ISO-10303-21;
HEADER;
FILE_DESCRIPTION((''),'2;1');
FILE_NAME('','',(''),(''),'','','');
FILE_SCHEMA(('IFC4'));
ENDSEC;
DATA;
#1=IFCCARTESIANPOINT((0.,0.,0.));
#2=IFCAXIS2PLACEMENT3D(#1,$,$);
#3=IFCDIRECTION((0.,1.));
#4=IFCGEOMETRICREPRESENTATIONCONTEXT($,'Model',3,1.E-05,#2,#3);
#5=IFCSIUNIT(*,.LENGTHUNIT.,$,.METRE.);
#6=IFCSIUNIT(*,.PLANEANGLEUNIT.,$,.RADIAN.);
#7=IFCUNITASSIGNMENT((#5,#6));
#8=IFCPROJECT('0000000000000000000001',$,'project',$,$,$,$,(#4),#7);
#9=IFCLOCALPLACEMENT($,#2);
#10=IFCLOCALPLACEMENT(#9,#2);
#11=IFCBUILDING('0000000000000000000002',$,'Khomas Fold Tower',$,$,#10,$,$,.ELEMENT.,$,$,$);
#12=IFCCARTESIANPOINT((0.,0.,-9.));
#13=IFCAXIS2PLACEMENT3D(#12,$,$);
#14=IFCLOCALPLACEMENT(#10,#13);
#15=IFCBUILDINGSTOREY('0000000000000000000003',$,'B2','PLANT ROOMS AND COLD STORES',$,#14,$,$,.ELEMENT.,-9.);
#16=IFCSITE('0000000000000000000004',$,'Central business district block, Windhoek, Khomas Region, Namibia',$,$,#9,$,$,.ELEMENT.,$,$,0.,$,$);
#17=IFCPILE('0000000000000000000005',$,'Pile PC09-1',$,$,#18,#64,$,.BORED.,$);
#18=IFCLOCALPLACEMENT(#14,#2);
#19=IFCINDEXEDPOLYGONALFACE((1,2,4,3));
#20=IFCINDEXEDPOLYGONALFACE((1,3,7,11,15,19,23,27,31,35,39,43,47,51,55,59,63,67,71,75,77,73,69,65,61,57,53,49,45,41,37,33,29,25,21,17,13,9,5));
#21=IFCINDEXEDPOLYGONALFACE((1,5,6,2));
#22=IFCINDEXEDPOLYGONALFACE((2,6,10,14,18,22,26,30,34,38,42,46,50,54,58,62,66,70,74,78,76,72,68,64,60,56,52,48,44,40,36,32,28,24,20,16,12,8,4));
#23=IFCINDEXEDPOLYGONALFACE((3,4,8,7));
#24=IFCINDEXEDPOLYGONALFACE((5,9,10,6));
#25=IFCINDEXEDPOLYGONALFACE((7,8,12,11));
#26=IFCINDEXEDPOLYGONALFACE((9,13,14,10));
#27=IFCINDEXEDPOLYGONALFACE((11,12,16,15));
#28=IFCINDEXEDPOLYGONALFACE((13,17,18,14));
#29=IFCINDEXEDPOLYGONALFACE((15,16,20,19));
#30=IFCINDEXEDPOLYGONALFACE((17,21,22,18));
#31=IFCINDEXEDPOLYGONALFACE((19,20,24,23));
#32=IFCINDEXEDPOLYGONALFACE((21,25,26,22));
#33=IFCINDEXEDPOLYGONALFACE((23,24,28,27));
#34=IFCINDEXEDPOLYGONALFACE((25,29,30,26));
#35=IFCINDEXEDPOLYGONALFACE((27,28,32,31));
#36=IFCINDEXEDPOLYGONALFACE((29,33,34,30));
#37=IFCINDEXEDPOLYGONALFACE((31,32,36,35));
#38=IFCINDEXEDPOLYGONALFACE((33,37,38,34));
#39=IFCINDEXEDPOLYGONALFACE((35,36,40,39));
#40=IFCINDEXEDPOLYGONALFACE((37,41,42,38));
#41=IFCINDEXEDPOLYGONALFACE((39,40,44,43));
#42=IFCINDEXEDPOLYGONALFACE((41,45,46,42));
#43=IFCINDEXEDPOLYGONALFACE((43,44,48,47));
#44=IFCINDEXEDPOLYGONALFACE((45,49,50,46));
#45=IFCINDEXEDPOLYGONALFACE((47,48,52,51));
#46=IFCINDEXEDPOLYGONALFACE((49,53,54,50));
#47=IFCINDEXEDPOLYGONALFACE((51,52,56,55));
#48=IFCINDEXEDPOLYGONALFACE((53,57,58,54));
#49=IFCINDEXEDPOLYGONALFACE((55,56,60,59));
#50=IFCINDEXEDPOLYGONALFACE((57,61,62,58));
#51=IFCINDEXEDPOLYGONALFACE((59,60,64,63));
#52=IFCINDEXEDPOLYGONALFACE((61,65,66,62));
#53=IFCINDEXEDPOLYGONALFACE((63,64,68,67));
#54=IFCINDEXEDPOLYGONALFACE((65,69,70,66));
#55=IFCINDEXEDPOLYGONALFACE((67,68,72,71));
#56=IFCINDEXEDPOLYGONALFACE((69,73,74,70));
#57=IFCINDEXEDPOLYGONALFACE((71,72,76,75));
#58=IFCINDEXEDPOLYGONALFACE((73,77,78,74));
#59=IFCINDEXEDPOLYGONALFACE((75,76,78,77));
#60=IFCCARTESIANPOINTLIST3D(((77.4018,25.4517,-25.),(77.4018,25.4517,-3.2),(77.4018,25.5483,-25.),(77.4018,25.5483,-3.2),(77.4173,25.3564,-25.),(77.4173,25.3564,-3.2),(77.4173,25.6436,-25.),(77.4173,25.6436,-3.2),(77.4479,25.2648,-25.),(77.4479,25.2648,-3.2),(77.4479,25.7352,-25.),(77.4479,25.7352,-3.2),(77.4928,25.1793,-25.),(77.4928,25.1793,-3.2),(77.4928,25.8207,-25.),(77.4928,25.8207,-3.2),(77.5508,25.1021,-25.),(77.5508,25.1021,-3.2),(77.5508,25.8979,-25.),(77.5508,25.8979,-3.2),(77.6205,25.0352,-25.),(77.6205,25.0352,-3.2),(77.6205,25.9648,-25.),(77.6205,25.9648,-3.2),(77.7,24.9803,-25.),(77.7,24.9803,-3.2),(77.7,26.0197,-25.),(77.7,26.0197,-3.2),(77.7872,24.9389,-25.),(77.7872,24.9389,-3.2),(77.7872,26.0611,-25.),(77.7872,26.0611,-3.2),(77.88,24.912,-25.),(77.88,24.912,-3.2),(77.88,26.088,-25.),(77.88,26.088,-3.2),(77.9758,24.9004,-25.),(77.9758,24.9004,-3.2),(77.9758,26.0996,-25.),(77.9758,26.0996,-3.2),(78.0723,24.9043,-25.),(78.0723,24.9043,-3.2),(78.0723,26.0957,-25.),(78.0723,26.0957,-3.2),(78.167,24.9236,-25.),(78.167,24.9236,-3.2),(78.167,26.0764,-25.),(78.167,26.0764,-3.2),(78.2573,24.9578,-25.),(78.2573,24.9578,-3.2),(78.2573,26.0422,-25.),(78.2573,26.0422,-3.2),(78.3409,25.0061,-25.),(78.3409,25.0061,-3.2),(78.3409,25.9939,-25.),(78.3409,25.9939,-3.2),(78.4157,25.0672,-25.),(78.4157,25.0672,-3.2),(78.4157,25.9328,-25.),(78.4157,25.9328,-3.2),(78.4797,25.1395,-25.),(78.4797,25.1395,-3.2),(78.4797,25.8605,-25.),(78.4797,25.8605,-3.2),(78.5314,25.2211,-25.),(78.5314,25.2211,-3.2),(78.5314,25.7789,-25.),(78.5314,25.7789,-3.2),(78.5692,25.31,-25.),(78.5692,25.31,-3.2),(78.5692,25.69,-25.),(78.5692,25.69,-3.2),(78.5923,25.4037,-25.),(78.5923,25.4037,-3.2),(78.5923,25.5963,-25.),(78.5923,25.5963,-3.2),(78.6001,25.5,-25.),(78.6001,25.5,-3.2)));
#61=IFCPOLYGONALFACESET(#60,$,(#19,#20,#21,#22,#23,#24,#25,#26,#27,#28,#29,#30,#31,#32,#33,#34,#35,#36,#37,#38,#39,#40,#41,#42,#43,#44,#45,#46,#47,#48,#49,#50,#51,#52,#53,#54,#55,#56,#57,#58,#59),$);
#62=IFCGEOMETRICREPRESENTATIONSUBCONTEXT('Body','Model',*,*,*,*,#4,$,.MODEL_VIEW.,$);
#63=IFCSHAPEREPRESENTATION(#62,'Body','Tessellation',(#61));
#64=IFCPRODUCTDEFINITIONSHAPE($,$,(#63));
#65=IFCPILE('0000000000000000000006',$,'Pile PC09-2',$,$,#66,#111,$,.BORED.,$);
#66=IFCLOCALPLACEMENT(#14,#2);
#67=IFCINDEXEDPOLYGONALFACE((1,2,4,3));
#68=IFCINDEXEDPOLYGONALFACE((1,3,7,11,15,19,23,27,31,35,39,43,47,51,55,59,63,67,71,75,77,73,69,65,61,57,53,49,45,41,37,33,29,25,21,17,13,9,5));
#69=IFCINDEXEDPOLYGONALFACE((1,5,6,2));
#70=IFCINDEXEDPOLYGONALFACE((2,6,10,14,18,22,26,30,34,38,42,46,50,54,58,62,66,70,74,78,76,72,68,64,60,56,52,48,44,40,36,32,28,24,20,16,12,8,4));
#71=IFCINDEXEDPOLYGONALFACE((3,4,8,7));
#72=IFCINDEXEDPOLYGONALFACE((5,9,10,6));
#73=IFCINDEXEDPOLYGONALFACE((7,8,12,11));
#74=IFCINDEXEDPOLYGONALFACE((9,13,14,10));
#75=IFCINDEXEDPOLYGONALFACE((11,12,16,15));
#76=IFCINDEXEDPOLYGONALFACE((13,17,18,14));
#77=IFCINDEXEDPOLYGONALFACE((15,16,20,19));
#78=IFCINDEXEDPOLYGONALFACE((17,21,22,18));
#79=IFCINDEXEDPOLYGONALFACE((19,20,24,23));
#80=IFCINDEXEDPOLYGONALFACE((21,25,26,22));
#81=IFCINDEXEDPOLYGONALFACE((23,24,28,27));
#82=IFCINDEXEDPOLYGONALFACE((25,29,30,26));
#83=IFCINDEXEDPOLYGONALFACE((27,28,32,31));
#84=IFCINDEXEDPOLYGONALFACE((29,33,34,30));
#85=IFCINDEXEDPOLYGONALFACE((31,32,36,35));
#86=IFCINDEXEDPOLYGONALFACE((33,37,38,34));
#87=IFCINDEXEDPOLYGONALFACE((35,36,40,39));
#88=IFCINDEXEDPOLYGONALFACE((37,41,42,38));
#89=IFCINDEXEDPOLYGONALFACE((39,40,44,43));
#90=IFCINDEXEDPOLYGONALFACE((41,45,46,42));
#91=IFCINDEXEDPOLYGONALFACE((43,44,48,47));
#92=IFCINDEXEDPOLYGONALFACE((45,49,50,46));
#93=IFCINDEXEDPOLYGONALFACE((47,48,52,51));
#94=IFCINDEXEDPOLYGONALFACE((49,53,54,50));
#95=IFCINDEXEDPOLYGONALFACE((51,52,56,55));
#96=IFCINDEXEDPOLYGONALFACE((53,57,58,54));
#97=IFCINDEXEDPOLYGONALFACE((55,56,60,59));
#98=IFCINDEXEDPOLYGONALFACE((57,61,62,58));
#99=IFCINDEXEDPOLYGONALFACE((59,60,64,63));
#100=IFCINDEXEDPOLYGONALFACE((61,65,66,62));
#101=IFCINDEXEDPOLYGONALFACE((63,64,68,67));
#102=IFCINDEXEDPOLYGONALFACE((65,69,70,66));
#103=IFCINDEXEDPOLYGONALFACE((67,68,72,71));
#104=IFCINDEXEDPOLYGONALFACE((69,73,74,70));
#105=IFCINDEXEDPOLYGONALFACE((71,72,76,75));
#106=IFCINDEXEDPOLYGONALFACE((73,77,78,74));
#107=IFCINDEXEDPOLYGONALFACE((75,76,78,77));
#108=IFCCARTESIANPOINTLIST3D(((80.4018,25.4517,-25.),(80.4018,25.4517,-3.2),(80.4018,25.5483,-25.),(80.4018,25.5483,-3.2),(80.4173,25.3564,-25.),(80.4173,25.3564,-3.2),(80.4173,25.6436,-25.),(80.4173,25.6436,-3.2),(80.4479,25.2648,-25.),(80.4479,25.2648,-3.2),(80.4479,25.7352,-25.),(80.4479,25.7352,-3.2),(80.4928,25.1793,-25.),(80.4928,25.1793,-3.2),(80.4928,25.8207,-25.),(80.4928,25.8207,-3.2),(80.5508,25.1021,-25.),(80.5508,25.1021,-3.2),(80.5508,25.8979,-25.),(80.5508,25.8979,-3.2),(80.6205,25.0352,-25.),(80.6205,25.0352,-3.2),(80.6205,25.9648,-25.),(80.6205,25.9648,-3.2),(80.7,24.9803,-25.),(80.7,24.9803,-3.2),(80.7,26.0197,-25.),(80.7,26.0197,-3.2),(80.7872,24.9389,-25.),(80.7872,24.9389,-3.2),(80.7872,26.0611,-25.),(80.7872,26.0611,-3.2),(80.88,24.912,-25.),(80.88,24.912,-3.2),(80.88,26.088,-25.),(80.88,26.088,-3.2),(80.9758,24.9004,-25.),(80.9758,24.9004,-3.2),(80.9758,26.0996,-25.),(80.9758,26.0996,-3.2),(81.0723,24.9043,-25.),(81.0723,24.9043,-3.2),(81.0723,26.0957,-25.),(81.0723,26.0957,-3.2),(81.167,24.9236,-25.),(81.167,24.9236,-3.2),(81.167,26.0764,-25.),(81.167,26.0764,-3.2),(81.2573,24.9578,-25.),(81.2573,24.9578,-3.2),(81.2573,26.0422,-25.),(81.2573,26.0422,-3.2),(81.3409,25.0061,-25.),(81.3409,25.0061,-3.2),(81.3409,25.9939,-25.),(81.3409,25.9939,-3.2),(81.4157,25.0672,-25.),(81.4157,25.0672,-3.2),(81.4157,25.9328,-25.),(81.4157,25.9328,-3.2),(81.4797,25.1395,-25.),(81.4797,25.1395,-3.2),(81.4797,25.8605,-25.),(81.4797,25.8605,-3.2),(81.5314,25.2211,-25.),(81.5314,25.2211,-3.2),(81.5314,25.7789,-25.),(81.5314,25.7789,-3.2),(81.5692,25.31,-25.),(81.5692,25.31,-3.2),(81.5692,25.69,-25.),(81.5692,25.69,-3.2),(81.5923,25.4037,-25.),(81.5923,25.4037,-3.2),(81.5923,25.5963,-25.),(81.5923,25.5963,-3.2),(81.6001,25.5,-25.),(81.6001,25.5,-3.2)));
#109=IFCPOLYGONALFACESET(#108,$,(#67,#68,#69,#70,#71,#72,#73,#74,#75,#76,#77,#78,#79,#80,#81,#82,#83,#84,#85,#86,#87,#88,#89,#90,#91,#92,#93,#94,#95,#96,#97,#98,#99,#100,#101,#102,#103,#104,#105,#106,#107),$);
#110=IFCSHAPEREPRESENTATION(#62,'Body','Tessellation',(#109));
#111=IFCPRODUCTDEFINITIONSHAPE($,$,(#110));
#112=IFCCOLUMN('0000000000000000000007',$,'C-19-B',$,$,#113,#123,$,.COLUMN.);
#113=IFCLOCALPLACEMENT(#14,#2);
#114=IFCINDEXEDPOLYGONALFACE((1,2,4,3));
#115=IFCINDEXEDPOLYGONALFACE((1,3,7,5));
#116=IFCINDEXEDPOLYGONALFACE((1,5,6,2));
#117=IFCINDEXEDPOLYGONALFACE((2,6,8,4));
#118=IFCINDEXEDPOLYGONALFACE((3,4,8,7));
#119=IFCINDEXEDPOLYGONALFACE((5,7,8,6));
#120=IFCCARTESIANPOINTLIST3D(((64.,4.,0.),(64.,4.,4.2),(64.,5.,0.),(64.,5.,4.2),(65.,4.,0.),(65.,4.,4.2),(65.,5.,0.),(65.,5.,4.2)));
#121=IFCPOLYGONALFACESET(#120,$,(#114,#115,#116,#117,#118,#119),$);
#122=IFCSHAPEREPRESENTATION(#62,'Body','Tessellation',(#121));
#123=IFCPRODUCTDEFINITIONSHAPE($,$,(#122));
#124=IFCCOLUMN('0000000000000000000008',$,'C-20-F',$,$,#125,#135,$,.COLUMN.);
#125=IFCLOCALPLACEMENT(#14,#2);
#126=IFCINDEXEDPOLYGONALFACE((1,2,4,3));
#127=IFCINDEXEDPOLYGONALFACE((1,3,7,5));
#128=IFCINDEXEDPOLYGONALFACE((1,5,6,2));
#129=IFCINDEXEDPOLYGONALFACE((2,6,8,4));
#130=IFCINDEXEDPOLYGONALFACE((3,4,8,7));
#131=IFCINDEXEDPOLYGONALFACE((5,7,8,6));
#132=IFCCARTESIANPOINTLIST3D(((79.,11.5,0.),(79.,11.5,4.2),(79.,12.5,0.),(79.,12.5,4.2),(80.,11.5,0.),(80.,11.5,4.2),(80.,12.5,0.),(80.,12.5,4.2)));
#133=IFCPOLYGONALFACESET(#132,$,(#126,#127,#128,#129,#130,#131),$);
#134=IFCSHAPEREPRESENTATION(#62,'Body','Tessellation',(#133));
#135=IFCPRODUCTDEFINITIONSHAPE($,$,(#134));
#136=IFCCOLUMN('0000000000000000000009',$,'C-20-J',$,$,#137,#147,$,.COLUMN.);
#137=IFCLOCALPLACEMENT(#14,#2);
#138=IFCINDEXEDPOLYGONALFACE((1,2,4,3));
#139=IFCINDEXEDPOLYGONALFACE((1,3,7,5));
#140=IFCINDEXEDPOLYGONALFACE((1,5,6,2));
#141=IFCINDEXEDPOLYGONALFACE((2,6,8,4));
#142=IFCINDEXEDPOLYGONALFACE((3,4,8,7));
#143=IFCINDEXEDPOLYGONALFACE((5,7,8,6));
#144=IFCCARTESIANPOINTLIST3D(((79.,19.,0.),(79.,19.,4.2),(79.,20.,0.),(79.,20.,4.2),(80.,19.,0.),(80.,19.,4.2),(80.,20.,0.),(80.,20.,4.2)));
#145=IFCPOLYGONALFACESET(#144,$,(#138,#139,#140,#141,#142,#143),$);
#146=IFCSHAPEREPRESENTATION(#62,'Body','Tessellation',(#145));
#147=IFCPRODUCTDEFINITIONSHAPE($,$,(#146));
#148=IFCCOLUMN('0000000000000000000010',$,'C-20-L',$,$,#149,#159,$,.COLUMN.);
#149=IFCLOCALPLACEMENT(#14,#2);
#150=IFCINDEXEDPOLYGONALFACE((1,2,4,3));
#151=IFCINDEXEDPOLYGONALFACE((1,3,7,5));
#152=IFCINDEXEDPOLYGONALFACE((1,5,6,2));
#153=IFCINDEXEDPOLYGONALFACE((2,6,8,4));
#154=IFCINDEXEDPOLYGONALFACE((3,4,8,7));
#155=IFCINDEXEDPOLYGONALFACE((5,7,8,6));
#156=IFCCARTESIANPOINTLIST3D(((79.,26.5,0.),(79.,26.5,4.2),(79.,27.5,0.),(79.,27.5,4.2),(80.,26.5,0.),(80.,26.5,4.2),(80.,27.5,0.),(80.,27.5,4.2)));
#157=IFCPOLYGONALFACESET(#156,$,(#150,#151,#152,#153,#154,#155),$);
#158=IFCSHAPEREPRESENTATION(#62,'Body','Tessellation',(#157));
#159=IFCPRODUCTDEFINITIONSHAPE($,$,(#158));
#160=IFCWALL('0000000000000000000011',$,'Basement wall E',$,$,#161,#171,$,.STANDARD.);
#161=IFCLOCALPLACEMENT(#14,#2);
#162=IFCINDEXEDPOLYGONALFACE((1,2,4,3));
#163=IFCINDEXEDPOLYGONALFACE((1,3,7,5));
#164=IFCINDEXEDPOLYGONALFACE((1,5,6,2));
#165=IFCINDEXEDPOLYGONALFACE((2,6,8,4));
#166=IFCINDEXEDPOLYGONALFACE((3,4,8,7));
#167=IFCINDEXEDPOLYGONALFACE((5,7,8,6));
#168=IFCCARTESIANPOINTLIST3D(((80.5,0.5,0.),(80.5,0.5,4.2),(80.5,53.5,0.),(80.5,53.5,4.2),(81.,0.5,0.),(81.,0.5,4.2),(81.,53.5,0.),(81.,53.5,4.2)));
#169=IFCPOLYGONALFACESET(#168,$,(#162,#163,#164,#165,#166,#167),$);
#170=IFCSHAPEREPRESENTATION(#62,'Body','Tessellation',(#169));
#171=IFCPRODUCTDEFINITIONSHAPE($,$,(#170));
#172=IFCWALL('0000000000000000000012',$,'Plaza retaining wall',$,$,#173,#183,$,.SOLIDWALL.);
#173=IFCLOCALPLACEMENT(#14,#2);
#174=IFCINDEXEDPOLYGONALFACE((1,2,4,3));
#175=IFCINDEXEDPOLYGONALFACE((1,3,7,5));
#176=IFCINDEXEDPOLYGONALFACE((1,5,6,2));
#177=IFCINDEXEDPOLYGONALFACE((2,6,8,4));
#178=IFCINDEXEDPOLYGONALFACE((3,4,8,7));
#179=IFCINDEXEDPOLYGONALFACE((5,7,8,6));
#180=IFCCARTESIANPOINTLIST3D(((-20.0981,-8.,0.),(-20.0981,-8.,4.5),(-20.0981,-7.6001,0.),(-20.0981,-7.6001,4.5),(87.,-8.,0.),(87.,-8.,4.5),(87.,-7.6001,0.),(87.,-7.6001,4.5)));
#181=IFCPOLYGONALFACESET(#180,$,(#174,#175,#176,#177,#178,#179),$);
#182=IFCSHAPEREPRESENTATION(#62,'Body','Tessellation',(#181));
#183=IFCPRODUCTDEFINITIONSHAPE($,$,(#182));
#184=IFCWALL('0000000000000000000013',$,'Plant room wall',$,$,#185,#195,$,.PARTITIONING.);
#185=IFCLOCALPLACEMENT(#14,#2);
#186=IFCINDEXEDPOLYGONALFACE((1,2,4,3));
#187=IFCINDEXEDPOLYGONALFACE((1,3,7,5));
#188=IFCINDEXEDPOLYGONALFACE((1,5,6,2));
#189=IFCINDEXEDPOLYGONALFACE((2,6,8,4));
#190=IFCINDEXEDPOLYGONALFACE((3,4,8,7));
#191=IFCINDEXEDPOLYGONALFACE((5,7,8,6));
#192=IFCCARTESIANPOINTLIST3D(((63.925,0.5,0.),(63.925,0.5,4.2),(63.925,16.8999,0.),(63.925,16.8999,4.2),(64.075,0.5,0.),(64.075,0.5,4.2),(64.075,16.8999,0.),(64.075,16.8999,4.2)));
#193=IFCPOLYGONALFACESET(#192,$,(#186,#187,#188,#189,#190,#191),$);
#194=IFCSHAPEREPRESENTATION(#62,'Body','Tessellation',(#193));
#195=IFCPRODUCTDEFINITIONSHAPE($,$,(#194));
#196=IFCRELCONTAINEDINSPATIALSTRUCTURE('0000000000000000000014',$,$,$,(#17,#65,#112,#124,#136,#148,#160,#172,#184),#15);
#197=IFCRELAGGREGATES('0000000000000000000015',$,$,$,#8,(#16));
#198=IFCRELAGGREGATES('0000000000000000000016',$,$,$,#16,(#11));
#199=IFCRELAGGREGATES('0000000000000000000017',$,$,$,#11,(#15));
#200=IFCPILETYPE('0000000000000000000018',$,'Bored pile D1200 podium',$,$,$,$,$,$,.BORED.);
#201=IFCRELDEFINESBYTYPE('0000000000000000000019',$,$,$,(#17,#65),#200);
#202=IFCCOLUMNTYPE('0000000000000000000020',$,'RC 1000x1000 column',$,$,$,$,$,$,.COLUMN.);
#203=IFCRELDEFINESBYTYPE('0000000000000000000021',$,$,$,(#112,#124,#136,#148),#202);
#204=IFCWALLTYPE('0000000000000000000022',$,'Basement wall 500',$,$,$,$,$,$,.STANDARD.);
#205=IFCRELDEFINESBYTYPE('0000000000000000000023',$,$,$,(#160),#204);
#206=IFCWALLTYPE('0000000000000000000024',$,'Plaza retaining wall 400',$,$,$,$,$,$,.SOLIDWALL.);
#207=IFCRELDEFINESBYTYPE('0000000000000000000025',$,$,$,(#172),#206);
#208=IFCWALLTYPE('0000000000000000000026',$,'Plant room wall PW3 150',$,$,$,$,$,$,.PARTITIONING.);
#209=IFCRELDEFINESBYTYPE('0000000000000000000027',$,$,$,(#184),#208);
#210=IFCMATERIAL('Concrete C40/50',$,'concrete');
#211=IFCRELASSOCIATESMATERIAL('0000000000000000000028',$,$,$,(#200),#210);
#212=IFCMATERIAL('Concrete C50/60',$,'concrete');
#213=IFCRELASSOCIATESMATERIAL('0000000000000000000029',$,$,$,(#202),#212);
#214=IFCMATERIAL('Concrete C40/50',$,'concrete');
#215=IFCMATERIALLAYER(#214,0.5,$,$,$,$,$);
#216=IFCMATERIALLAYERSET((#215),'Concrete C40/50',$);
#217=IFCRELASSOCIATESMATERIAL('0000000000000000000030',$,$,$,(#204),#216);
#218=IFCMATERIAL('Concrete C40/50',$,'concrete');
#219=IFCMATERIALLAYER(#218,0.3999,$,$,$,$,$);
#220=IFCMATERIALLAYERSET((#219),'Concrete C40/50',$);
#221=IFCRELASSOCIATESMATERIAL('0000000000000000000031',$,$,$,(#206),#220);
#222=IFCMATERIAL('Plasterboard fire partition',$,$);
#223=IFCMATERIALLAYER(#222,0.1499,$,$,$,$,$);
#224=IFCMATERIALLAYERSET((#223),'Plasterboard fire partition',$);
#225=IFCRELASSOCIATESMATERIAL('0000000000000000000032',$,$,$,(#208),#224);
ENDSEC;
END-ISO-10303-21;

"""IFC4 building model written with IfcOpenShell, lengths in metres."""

from ifc_helpers import new_model, si_unit, direction, frame, frame_2d, origin, origin_2d, place, context, subcontext, project, spatial, rectangle, circle, extrude, source, transform, mapped, material, layer, layer_set, material_profile, profile_set, type_object, element, save


model = new_model("IFC4")

# Units and contexts
model_context = context("Model", 3, precision=1e-05, world=origin(), true_north=direction((0.0, 1.0)))
body_context = subcontext(model_context, "Body", "Model", "MODEL_VIEW")
ifc_project = project(units=[si_unit("LENGTHUNIT", "METRE"), si_unit("PLANEANGLEUNIT", "RADIAN")], contexts=[model_context])

# Site, building, storey
site_placement = place(None, origin())
site = spatial("IfcSite", under=ifc_project, at=site_placement, Name="Central business district block, Windhoek, Khomas Region, Namibia", CompositionType="ELEMENT", RefElevation=0.0)
building_placement = place(site_placement, origin())
building = spatial("IfcBuilding", under=site, at=building_placement, Name="Khomas Fold Tower", CompositionType="ELEMENT")
storey_placement = place(building_placement, frame((0.0, 0.0, -9.0)))
storey = spatial("IfcBuildingStorey", under=building, at=storey_placement, Name="B2", Description="PLANT ROOMS AND COLD STORES", CompositionType="ELEMENT", Elevation=-9.0)

# Piles
ifc_material_1 = material(Name="Concrete C40/50", Category="concrete")
ifc_material_profile_1 = material_profile(ifc_material_1, circle(Radius=0.6001, at=origin_2d()), Name="PILE D1200")
ifc_profile_set_1 = profile_set([ifc_material_profile_1], Name="Concrete C40/50")
pile_type = type_object("IfcPileType", Name="Bored pile D1200 podium", PredefinedType="BORED", material=ifc_profile_set_1)
shared_shape_1 = source(origin(), body_context, "Body", "SweptSolid", [
    extrude(circle(Radius=0.6001, at=origin_2d()), origin(), (0.0, 0.0, 1.0), 21.8),
])
for number, where, z_axis, x_axis, name in (
    (1, (78.0, 25.5, -3.2), (0.0, 0.0, -1.0), (1.0, 0.0, 0.0), "Pile PC09-1"),
    (2, (81.0, 25.5, -3.2), (0.0, 0.0, -1.0), (1.0, 0.0, 0.0), "Pile PC09-2"),
):
    element("IfcPile", number, at=place(storey_placement, frame(where, z_axis=z_axis, x_axis=x_axis)), inside=storey, type_object=pile_type, Name=name, PredefinedType="BORED", context=body_context, shape_type="MappedRepresentation", body=[
        mapped(shared_shape_1, transform((0.0, 0.0, 0.0))),
    ])

# Columns
ifc_material_2 = material(Name="Concrete C50/60", Category="concrete")
ifc_material_profile_2 = material_profile(ifc_material_2, rectangle(XDim=1.0, YDim=1.0, at=origin_2d()), Name="RC 1000x1000")
ifc_profile_set_2 = profile_set([ifc_material_profile_2], Name="Concrete C50/60")
column_type = type_object("IfcColumnType", Name="RC 1000x1000 column", PredefinedType="COLUMN", material=ifc_profile_set_2)
shared_shape_2 = source(origin(), body_context, "Body", "SweptSolid", [
    extrude(rectangle(XDim=1.0, YDim=1.0, at=origin_2d()), origin(), (0.0, 0.0, 1.0), 4.2),
])
for number, where, z_axis, x_axis, name in (
    (3, (64.5, 4.5, 0.0), (0.0, 0.0, 1.0), (1.0, 0.0, 0.0), "C-19-B"),
    (4, (79.5, 12.0, 0.0), (0.0, 0.0, 1.0), (1.0, 0.0, 0.0), "C-20-F"),
    (5, (79.5, 19.5, 0.0), (0.0, 0.0, 1.0), (1.0, 0.0, 0.0), "C-20-J"),
    (6, (79.5, 27.0, 0.0), (0.0, 0.0, 1.0), (1.0, 0.0, 0.0), "C-20-L"),
):
    element("IfcColumn", number, at=place(storey_placement, frame(where, z_axis=z_axis, x_axis=x_axis)), inside=storey, type_object=column_type, Name=name, PredefinedType="COLUMN", context=body_context, shape_type="MappedRepresentation", body=[
        mapped(shared_shape_2, transform((0.0, 0.0, 0.0))),
    ])

# Walls
ifc_material_3 = material(Name="Concrete C40/50", Category="concrete")
ifc_layer_1 = layer(ifc_material_3, 0.5)
ifc_layer_set_1 = layer_set([ifc_layer_1], Name="Concrete C40/50")
wall_type_1 = type_object("IfcWallType", Name="Basement wall 500", PredefinedType="STANDARD", material=ifc_layer_set_1)
shared_shape_3 = source(origin(), body_context, "Body", "SweptSolid", [
    extrude(rectangle(XDim=53.0, YDim=0.5, at=frame_2d((26.5, 0.0))), origin(), (0.0, 0.0, 1.0), 4.2),
])
wall_1_placement = place(storey_placement, frame((80.75, 0.5, 0.0), z_axis=(0.0, 0.0, 1.0), x_axis=(0.0, 1.0, 0.0)))
element("IfcWall", 7, at=wall_1_placement, inside=storey, type_object=wall_type_1, Name="Basement wall E", PredefinedType="STANDARD", context=body_context, shape_type="MappedRepresentation", body=[
    mapped(shared_shape_3, transform((0.0, 0.0, 0.0))),
])
ifc_material_4 = material(Name="Concrete C40/50", Category="concrete")
ifc_layer_2 = layer(ifc_material_4, 0.3999)
ifc_layer_set_2 = layer_set([ifc_layer_2], Name="Concrete C40/50")
wall_type_2 = type_object("IfcWallType", Name="Plaza retaining wall 400", PredefinedType="SOLIDWALL", material=ifc_layer_set_2)
shared_shape_4 = source(origin(), body_context, "Body", "SweptSolid", [
    extrude(rectangle(XDim=107.0981, YDim=0.3999, at=frame_2d((53.5491, 0.0))), origin(), (0.0, 0.0, 1.0), 4.5),
])
wall_2_placement = place(storey_placement, frame((87.0, -7.8, 0.0), z_axis=(0.0, 0.0, 1.0), x_axis=(-1.0, 0.0, 0.0)))
element("IfcWall", 8, at=wall_2_placement, inside=storey, type_object=wall_type_2, Name="Plaza retaining wall", PredefinedType="SOLIDWALL", context=body_context, shape_type="MappedRepresentation", body=[
    mapped(shared_shape_4, transform((0.0, 0.0, 0.0))),
])
ifc_material_5 = material(Name="Plasterboard fire partition")
ifc_layer_3 = layer(ifc_material_5, 0.1499)
ifc_layer_set_3 = layer_set([ifc_layer_3], Name="Plasterboard fire partition")
wall_type_3 = type_object("IfcWallType", Name="Plant room wall PW3 150", PredefinedType="PARTITIONING", material=ifc_layer_set_3)
shared_shape_5 = source(origin(), body_context, "Body", "SweptSolid", [
    extrude(rectangle(XDim=16.3999, YDim=0.1499, at=frame_2d((8.2, 0.0))), origin(), (0.0, 0.0, 1.0), 4.2),
])
for number, where, z_axis, x_axis, name in (
    (9, (64.0, 0.5, 0.0), (0.0, 0.0, 1.0), (0.0, 1.0, 0.0), "Plant room wall"),
):
    element("IfcWall", number, at=place(storey_placement, frame(where, z_axis=z_axis, x_axis=x_axis)), inside=storey, type_object=wall_type_3, Name=name, PredefinedType="PARTITIONING", context=body_context, shape_type="MappedRepresentation", body=[
        mapped(shared_shape_5, transform((0.0, 0.0, 0.0))),
    ])

save(model, "model.ifc")
